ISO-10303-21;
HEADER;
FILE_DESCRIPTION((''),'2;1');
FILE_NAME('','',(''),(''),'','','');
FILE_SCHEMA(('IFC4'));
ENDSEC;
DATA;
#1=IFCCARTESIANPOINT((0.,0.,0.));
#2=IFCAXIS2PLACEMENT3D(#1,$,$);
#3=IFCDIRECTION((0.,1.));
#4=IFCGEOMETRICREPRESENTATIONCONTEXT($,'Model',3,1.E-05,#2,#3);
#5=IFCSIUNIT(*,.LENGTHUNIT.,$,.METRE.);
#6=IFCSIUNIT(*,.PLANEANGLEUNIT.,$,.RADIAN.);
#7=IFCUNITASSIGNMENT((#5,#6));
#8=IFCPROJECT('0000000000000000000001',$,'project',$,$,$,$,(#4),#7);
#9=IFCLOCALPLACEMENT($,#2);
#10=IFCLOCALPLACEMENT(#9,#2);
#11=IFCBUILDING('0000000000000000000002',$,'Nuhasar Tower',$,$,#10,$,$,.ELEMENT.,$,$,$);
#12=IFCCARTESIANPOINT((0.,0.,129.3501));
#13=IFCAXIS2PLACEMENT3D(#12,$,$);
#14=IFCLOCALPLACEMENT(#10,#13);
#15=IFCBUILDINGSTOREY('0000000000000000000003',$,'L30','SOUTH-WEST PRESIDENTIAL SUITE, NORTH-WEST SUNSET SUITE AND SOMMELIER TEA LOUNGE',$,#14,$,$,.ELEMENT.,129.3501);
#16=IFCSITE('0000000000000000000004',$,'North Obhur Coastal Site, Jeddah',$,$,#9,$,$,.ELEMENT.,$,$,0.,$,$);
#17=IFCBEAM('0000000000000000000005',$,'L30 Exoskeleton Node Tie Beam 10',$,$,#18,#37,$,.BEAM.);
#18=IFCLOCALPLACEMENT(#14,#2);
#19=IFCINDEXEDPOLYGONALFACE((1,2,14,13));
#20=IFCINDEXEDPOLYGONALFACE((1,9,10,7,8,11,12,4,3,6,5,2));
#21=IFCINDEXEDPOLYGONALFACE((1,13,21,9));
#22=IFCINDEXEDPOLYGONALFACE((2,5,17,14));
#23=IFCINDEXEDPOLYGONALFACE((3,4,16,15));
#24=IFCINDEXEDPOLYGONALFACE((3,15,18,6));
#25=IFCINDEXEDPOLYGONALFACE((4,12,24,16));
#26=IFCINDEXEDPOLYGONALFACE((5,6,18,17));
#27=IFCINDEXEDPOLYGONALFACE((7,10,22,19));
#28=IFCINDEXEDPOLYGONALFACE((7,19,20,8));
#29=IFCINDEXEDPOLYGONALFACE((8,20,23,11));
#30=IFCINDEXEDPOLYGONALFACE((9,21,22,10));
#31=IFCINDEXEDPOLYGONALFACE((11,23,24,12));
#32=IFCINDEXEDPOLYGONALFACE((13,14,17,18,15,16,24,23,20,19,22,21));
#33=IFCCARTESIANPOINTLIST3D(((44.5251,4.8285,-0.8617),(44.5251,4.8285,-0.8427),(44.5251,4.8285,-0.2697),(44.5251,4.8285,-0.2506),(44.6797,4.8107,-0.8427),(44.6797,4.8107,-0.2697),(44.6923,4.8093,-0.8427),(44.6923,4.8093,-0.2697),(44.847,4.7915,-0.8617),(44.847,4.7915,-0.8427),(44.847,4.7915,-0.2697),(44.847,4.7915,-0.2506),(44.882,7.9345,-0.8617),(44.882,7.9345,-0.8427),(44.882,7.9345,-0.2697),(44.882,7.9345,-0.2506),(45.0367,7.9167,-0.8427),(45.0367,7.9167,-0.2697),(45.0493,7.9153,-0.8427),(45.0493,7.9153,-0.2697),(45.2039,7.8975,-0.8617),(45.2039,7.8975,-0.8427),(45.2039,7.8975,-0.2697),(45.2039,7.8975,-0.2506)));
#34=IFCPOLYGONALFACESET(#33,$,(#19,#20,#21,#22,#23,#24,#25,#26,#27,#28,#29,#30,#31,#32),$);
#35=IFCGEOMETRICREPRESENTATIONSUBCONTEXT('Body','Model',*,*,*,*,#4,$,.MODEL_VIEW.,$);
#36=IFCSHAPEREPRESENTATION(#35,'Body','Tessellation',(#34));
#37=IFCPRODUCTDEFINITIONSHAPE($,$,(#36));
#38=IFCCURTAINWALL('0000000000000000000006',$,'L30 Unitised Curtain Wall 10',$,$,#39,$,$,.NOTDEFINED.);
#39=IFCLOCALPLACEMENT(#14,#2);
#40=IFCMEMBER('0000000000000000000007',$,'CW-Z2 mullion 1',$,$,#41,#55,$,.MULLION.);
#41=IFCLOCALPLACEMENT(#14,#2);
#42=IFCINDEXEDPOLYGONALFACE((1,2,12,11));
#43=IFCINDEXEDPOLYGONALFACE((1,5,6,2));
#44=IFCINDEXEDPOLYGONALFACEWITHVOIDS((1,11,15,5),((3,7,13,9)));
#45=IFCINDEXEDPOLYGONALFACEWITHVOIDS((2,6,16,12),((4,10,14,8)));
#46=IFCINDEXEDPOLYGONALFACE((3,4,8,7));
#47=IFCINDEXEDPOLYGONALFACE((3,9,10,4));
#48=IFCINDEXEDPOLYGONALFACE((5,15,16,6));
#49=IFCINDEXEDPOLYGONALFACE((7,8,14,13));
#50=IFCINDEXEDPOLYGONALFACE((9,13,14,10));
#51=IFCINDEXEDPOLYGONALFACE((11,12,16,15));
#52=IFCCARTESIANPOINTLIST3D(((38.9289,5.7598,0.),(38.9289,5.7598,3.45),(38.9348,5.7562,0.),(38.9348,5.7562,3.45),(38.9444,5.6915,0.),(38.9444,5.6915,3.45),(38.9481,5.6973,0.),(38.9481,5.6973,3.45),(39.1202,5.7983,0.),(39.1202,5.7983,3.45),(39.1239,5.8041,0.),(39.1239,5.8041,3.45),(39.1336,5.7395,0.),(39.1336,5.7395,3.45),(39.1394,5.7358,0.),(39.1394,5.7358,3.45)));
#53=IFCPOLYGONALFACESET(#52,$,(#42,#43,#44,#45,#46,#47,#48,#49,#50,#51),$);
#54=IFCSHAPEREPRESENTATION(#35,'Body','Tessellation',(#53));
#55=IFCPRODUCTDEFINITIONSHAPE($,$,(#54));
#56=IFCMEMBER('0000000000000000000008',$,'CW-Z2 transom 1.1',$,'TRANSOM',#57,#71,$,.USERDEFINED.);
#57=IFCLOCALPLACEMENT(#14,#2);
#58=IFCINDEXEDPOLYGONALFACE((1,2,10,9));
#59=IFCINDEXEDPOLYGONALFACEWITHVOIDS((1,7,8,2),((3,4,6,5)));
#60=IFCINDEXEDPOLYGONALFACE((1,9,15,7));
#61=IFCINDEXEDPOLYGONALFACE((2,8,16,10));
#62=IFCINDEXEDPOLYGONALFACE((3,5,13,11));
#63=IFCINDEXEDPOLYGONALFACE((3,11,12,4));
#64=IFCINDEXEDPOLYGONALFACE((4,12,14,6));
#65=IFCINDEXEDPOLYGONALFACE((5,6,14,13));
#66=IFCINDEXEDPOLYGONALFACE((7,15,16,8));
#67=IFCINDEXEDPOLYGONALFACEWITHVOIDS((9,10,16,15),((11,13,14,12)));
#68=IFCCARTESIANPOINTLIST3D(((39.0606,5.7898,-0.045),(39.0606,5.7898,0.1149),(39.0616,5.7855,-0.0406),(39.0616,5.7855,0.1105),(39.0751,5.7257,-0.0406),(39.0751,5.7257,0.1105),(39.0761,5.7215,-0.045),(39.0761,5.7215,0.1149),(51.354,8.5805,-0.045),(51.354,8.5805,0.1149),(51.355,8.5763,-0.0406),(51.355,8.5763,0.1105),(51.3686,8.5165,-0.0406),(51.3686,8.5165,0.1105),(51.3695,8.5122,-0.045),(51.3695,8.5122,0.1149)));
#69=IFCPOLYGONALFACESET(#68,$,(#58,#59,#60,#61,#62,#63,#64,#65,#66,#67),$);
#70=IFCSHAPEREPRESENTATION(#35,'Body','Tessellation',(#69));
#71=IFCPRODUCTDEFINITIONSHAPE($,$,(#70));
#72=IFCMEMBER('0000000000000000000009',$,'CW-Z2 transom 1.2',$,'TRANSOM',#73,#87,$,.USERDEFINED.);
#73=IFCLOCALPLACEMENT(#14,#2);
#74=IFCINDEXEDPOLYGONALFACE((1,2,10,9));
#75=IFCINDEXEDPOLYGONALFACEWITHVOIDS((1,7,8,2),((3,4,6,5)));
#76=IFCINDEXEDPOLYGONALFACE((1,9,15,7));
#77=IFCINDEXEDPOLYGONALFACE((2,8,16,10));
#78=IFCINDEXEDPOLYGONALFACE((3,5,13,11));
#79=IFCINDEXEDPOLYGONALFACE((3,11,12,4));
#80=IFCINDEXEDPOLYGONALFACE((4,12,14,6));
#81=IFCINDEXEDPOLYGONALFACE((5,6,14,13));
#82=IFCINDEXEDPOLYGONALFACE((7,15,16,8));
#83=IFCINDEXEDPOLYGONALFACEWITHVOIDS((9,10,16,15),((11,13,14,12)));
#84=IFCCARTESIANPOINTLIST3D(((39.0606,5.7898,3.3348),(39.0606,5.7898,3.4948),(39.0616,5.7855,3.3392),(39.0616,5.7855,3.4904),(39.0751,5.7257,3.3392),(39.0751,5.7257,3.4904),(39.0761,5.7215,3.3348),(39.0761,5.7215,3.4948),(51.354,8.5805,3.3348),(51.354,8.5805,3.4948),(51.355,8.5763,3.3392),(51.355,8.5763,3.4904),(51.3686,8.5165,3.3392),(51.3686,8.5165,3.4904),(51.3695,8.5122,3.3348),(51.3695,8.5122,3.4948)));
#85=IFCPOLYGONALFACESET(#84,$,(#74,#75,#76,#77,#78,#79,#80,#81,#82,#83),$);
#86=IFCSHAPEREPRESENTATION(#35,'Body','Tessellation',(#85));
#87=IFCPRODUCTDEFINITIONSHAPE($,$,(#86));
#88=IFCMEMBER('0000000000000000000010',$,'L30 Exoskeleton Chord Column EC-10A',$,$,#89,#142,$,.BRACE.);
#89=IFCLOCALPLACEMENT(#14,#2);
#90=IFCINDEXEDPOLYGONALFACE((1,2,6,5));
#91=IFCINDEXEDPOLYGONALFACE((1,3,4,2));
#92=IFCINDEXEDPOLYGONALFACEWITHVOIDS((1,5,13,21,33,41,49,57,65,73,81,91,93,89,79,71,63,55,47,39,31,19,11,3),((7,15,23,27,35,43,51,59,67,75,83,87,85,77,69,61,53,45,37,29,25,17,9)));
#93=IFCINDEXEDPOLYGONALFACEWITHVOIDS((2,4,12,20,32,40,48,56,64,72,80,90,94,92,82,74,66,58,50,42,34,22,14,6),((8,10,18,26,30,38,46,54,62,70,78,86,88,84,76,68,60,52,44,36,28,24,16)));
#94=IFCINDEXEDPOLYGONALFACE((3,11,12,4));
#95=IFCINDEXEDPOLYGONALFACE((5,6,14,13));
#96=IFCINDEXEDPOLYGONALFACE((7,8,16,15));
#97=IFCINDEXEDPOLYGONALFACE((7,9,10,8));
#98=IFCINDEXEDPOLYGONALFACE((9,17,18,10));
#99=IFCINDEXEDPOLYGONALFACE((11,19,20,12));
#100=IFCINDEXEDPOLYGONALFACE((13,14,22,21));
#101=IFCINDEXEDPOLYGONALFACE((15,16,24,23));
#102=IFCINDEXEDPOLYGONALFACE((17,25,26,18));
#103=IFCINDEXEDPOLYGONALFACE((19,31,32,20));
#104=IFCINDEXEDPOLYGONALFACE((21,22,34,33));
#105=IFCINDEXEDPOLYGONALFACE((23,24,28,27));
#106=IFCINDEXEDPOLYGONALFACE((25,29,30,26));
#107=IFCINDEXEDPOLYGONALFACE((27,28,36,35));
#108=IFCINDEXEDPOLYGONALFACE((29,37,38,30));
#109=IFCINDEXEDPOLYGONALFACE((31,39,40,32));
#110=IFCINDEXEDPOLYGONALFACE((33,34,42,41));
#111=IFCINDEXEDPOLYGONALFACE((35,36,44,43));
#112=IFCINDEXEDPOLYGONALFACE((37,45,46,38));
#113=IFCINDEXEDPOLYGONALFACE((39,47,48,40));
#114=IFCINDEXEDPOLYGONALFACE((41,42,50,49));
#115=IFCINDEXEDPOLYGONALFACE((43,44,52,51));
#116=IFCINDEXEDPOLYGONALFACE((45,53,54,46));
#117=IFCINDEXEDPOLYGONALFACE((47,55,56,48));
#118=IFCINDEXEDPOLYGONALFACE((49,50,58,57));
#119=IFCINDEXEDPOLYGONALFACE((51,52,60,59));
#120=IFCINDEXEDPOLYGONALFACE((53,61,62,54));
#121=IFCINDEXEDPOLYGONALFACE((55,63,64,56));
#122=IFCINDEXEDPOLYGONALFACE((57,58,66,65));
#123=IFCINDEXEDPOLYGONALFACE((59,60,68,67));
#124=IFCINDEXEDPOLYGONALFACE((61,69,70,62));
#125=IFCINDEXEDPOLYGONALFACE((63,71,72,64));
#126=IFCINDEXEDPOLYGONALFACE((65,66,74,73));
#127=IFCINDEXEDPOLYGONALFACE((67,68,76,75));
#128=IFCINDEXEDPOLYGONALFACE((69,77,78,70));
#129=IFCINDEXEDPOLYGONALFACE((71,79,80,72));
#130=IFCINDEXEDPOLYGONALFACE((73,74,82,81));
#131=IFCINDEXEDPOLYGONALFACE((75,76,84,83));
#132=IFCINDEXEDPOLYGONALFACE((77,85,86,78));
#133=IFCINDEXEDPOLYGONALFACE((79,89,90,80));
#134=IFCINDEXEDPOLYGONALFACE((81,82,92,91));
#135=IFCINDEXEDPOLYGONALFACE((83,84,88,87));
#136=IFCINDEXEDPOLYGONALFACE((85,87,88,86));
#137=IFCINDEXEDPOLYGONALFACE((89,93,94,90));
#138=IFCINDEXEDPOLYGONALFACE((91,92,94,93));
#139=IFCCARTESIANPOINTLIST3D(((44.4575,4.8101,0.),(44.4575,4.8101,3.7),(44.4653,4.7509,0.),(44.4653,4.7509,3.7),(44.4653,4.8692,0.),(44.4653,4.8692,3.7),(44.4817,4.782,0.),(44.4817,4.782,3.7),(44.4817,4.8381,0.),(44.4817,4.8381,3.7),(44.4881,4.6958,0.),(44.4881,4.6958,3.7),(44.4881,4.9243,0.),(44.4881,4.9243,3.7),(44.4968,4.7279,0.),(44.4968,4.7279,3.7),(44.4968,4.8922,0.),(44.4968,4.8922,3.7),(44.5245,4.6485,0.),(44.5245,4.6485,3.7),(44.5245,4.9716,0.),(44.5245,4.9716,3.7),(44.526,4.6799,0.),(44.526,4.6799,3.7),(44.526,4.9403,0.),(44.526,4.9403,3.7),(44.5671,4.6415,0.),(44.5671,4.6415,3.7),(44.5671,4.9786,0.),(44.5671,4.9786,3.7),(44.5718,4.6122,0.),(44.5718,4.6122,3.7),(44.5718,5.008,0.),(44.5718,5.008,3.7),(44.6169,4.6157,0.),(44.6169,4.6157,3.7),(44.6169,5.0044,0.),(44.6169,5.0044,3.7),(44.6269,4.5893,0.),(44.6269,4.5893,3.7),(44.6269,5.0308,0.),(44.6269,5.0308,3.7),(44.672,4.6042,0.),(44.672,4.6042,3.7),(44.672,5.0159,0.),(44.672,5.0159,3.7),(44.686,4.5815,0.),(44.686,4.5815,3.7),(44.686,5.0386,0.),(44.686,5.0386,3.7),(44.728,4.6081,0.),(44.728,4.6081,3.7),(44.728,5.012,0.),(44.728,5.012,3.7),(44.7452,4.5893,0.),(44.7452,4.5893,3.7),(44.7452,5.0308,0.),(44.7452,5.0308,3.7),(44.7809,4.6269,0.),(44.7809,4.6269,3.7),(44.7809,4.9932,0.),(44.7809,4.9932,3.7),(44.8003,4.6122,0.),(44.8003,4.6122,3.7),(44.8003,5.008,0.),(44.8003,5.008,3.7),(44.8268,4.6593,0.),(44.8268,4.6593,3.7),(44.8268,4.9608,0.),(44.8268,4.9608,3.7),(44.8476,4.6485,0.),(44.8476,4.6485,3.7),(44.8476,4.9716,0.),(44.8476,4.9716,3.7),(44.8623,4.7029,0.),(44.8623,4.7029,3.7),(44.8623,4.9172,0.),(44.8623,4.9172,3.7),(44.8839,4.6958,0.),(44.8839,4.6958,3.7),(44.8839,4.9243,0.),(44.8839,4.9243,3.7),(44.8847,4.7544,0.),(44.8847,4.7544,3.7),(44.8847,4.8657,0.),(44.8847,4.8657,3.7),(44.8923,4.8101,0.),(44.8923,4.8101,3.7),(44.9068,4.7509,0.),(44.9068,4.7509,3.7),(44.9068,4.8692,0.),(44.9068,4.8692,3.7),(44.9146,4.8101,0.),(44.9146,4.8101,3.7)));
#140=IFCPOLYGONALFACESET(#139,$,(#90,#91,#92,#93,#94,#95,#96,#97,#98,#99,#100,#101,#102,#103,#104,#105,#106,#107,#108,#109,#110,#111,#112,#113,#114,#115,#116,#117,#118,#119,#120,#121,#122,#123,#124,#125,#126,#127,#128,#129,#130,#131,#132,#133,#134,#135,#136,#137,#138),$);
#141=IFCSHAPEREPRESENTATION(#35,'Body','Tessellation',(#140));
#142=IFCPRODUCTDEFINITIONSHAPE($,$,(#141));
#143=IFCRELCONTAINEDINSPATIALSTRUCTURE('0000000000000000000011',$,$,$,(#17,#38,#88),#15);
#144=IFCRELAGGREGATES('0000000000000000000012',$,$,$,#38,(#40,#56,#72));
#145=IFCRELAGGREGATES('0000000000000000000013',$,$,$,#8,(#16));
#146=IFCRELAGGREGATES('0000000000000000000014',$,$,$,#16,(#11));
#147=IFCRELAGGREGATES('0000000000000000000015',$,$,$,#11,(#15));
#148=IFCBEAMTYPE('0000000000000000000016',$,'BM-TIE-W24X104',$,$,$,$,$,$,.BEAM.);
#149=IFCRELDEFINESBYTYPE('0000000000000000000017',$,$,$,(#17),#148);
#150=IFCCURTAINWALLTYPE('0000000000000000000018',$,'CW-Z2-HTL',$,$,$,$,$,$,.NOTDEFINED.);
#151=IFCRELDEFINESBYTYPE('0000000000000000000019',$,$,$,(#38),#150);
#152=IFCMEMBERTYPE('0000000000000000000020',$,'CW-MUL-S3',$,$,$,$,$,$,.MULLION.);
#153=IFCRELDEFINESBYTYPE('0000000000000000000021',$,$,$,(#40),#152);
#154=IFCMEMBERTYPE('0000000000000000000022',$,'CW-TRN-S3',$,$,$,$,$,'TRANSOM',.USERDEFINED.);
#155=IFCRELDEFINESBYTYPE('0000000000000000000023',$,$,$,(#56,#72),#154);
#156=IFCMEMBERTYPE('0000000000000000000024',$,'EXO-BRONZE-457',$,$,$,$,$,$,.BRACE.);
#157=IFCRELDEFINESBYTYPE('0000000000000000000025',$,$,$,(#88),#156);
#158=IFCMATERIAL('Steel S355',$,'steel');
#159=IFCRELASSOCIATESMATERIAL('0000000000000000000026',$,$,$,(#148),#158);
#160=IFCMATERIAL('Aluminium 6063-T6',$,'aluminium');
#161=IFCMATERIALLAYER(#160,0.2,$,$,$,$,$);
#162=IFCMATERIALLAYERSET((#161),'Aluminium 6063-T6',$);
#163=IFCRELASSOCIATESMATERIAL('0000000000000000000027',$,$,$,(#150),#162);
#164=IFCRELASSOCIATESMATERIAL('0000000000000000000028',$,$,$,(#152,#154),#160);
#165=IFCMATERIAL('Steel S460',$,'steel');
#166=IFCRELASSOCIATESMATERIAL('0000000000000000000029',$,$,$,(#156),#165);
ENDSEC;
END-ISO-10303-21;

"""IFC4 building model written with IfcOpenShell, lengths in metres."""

from ifc_helpers import new_model, si_unit, direction, frame, origin, origin_2d, place, context, subcontext, project, spatial, hollow_rectangle, hollow_circle, i_section, extrude, material, layer, layer_set, material_profile, profile_set, type_object, element, aggregate, save


model = new_model("IFC4")

# Units and contexts
model_context = context("Model", 3, precision=1e-05, world=origin(), true_north=direction((0.0, 1.0)))
body_context = subcontext(model_context, "Body", "Model", "MODEL_VIEW")
ifc_project = project(units=[si_unit("LENGTHUNIT", "METRE"), si_unit("PLANEANGLEUNIT", "RADIAN")], contexts=[model_context])

# Site, building, storey
site_placement = place(None, origin())
site = spatial("IfcSite", under=ifc_project, at=site_placement, Name="North Obhur Coastal Site, Jeddah", CompositionType="ELEMENT", RefElevation=0.0)
building_placement = place(site_placement, origin())
building = spatial("IfcBuilding", under=site, at=building_placement, Name="Nuhasar Tower", CompositionType="ELEMENT")
storey_placement = place(building_placement, frame((0.0, 0.0, 129.3501)))
storey = spatial("IfcBuildingStorey", under=building, at=storey_placement, Name="L30", Description="SOUTH-WEST PRESIDENTIAL SUITE, NORTH-WEST SUNSET SUITE AND SOMMELIER TEA LOUNGE", CompositionType="ELEMENT", Elevation=129.3501)

# Beam
ifc_material_1 = material(Name="Steel S355", Category="steel")
ifc_material_profile_1 = material_profile(ifc_material_1, i_section(OverallWidth=0.324, OverallDepth=0.6111, WebThickness=0.0127, FlangeThickness=0.019, at=origin_2d()), Name="W24X104")
ifc_profile_set_1 = profile_set([ifc_material_profile_1], Name="Steel S355")
beam_type_1 = type_object("IfcBeamType", Name="BM-TIE-W24X104", PredefinedType="BEAM", material=ifc_profile_set_1)
beam_1_placement = place(storey_placement, frame((45.043, 7.916, -0.5562), z_axis=(-0.114168, -0.993461, 0.0), x_axis=(0.993461, -0.114168, 0.0)))
element("IfcBeam", 1, at=beam_1_placement, inside=storey, type_object=beam_type_1, Name="L30 Exoskeleton Node Tie Beam 10", PredefinedType="BEAM", context=body_context, shape_type="SweptSolid", body=[
    extrude(i_section(OverallWidth=0.324, OverallDepth=0.6111, WebThickness=0.0127, FlangeThickness=0.019, at=origin_2d()), origin(), (0.0, 0.0, 1.0), 3.1265),
])

# Curtain wall, members
ifc_material_2 = material(Name="Aluminium 6063-T6", Category="aluminium")
ifc_layer_1 = layer(ifc_material_2, 0.2)
ifc_layer_set_1 = layer_set([ifc_layer_1], Name="Aluminium 6063-T6")
curtain_wall_type = type_object("IfcCurtainWallType", Name="CW-Z2-HTL", PredefinedType="NOTDEFINED", material=ifc_layer_set_1)
curtain_wall_placement = place(storey_placement, origin())
curtain_wall = element("IfcCurtainWall", 2, at=curtain_wall_placement, inside=storey, type_object=curtain_wall_type, Name="L30 Unitised Curtain Wall 10", PredefinedType="NOTDEFINED")
ifc_material_profile_2 = material_profile(ifc_material_2, hollow_rectangle(XDim=0.0701, YDim=0.2, WallThickness=0.0049, at=origin_2d()), Name="CWM-3")
ifc_profile_set_2 = profile_set([ifc_material_profile_2], Name="Aluminium 6063-T6")
member_type_1 = type_object("IfcMemberType", Name="CW-MUL-S3", PredefinedType="MULLION", material=ifc_profile_set_2)
member_1_placement = place(storey_placement, frame((39.0342, 5.7478, 0.0), z_axis=(0.0, 0.0, 1.0), x_axis=(-0.221397, 0.975184, 0.0)))
member_1 = element("IfcMember", 3, at=member_1_placement, type_object=member_type_1, Name="CW-Z2 mullion 1", PredefinedType="MULLION", context=body_context, shape_type="SweptSolid", body=[
    extrude(hollow_rectangle(XDim=0.0701, YDim=0.2, WallThickness=0.0049, at=origin_2d()), origin(), (0.0, 0.0, 1.0), 3.45),
])
ifc_material_profile_3 = material_profile(ifc_material_2, hollow_rectangle(XDim=0.0701, YDim=0.1599, WallThickness=0.0044, at=origin_2d()), Name="CWT-3")
ifc_profile_set_3 = profile_set([ifc_material_profile_3], Name="Aluminium 6063-T6")
member_type_2 = type_object("IfcMemberType", Name="CW-TRN-S3", ElementType="TRANSOM", PredefinedType="USERDEFINED", material=ifc_profile_set_3)
member_2_placement = place(storey_placement, frame((39.0684, 5.7556, 0.0349), z_axis=(0.975188, 0.22138, 0.0), x_axis=(-0.22138, 0.975188, 0.0)))
member_2 = element("IfcMember", 4, at=member_2_placement, type_object=member_type_2, Name="CW-Z2 transom 1.1", ObjectType="TRANSOM", PredefinedType="USERDEFINED", context=body_context, shape_type="SweptSolid", body=[
    extrude(hollow_rectangle(XDim=0.0701, YDim=0.1599, WallThickness=0.0044, at=origin_2d()), origin(), (0.0, 0.0, 1.0), 12.6062),
])
member_3_placement = place(storey_placement, frame((39.0684, 5.7556, 3.4148), z_axis=(0.975188, 0.22138, 0.0), x_axis=(-0.22138, 0.975188, 0.0)))
member_3 = element("IfcMember", 5, at=member_3_placement, type_object=member_type_2, Name="CW-Z2 transom 1.2", ObjectType="TRANSOM", PredefinedType="USERDEFINED", context=body_context, shape_type="SweptSolid", body=[
    extrude(hollow_rectangle(XDim=0.0701, YDim=0.1599, WallThickness=0.0044, at=origin_2d()), origin(), (0.0, 0.0, 1.0), 12.6062),
])

# Member
ifc_material_3 = material(Name="Steel S460", Category="steel")
ifc_material_profile_4 = material_profile(ifc_material_3, hollow_circle(Radius=0.2285, WallThickness=0.0222, at=origin_2d()), Name="HSS457X22.2")
ifc_profile_set_4 = profile_set([ifc_material_profile_4], Name="Steel S460")
member_type_3 = type_object("IfcMemberType", Name="EXO-BRONZE-457", PredefinedType="BRACE", material=ifc_profile_set_4)
member_4_placement = place(storey_placement, frame((44.686, 4.8101, 0.0), z_axis=(0.0, 0.0, 1.0), x_axis=(1.0, 0.0, 0.0)))
element("IfcMember", 6, at=member_4_placement, inside=storey, type_object=member_type_3, Name="L30 Exoskeleton Chord Column EC-10A", PredefinedType="BRACE", context=body_context, shape_type="SweptSolid", body=[
    extrude(hollow_circle(Radius=0.2285, WallThickness=0.0222, at=origin_2d()), origin(), (0.0, 0.0, 1.0), 3.7),
])

aggregate(curtain_wall, [member_1, member_2, member_3])

save(model, "model.ifc")
